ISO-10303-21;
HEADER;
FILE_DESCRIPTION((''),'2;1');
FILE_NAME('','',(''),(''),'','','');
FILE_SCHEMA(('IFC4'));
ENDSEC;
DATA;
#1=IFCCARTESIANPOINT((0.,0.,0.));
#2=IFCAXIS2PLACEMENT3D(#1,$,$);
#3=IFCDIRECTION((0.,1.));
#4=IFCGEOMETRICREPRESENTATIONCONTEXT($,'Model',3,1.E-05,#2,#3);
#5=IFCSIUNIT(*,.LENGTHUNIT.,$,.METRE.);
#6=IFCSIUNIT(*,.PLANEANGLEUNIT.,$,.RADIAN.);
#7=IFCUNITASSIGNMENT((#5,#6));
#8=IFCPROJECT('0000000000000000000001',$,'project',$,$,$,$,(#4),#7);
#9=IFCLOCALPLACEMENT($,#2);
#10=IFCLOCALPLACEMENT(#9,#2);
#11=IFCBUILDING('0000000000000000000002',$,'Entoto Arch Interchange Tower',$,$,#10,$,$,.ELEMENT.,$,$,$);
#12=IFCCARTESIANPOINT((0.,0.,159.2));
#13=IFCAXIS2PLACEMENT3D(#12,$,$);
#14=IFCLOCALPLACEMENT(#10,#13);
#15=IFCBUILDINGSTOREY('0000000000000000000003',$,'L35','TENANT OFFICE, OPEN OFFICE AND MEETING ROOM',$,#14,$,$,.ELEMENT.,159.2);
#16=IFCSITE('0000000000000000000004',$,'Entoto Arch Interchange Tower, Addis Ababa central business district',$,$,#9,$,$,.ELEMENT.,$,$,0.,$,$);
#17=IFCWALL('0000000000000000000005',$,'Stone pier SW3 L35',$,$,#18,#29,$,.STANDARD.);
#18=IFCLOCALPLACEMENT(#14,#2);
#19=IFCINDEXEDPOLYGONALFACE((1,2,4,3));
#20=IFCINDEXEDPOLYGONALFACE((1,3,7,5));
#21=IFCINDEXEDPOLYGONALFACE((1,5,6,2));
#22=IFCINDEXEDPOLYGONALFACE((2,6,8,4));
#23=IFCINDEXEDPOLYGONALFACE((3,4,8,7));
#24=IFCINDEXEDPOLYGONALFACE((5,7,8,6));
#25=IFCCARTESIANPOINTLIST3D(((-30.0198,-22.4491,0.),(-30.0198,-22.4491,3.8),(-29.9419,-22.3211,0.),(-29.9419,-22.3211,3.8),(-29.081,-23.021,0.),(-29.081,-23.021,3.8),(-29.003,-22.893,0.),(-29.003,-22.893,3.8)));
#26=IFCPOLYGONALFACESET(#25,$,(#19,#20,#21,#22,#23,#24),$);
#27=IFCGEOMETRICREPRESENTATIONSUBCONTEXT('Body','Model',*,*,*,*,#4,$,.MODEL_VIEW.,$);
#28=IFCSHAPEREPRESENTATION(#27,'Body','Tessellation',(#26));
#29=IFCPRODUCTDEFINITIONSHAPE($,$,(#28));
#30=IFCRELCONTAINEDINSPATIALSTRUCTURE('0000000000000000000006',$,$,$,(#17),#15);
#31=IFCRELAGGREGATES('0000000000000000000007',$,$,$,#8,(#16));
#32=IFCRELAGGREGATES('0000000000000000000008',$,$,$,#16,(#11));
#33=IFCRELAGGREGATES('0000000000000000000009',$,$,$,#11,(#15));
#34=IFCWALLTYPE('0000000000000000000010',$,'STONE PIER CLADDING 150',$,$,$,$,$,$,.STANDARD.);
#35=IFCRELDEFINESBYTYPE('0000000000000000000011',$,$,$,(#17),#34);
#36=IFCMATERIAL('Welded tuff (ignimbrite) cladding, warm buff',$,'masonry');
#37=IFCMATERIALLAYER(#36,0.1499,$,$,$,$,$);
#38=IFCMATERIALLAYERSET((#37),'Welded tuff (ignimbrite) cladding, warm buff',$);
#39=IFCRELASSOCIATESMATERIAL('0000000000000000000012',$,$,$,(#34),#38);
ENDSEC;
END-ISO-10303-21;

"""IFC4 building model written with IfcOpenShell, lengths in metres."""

from ifc_helpers import new_model, si_unit, direction, frame, frame_2d, origin, place, context, subcontext, project, spatial, rectangle, extrude, material, layer, layer_set, type_object, element, save


model = new_model("IFC4")

# Units and contexts
model_context = context("Model", 3, precision=1e-05, world=origin(), true_north=direction((0.0, 1.0)))
body_context = subcontext(model_context, "Body", "Model", "MODEL_VIEW")
ifc_project = project(units=[si_unit("LENGTHUNIT", "METRE"), si_unit("PLANEANGLEUNIT", "RADIAN")], contexts=[model_context])

# Site, building, storey
site_placement = place(None, origin())
site = spatial("IfcSite", under=ifc_project, at=site_placement, Name="Entoto Arch Interchange Tower, Addis Ababa central business district", CompositionType="ELEMENT", RefElevation=0.0)
building_placement = place(site_placement, origin())
building = spatial("IfcBuilding", under=site, at=building_placement, Name="Entoto Arch Interchange Tower", CompositionType="ELEMENT")
storey_placement = place(building_placement, frame((0.0, 0.0, 159.2)))
storey = spatial("IfcBuildingStorey", under=building, at=storey_placement, Name="L35", Description="TENANT OFFICE, OPEN OFFICE AND MEETING ROOM", CompositionType="ELEMENT", Elevation=159.2)

# Shared definitions
ifc_material_1 = material(Name="Welded tuff (ignimbrite) cladding, warm buff", Category="masonry")

# Wall
ifc_layer_1 = layer(ifc_material_1, 0.1499)
ifc_layer_set_1 = layer_set([ifc_layer_1], Name="Welded tuff (ignimbrite) cladding, warm buff")
wall_type_1 = type_object("IfcWallType", Name="STONE PIER CLADDING 150", PredefinedType="STANDARD", material=ifc_layer_set_1)
wall_1_placement = place(storey_placement, frame((-29.981, -22.385, 0.0), z_axis=(0.0, 0.0, 1.0), x_axis=(0.854006, -0.520264, 0.0)))
element("IfcWall", 1, at=wall_1_placement, inside=storey, type_object=wall_type_1, Name="Stone pier SW3 L35", PredefinedType="STANDARD", context=body_context, shape_type="SweptSolid", body=[
    extrude(rectangle(XDim=1.0994, YDim=0.1499, at=frame_2d((0.5498, 0.0))), origin(), (0.0, 0.0, 1.0), 3.8),
])

save(model, "model.ifc")
